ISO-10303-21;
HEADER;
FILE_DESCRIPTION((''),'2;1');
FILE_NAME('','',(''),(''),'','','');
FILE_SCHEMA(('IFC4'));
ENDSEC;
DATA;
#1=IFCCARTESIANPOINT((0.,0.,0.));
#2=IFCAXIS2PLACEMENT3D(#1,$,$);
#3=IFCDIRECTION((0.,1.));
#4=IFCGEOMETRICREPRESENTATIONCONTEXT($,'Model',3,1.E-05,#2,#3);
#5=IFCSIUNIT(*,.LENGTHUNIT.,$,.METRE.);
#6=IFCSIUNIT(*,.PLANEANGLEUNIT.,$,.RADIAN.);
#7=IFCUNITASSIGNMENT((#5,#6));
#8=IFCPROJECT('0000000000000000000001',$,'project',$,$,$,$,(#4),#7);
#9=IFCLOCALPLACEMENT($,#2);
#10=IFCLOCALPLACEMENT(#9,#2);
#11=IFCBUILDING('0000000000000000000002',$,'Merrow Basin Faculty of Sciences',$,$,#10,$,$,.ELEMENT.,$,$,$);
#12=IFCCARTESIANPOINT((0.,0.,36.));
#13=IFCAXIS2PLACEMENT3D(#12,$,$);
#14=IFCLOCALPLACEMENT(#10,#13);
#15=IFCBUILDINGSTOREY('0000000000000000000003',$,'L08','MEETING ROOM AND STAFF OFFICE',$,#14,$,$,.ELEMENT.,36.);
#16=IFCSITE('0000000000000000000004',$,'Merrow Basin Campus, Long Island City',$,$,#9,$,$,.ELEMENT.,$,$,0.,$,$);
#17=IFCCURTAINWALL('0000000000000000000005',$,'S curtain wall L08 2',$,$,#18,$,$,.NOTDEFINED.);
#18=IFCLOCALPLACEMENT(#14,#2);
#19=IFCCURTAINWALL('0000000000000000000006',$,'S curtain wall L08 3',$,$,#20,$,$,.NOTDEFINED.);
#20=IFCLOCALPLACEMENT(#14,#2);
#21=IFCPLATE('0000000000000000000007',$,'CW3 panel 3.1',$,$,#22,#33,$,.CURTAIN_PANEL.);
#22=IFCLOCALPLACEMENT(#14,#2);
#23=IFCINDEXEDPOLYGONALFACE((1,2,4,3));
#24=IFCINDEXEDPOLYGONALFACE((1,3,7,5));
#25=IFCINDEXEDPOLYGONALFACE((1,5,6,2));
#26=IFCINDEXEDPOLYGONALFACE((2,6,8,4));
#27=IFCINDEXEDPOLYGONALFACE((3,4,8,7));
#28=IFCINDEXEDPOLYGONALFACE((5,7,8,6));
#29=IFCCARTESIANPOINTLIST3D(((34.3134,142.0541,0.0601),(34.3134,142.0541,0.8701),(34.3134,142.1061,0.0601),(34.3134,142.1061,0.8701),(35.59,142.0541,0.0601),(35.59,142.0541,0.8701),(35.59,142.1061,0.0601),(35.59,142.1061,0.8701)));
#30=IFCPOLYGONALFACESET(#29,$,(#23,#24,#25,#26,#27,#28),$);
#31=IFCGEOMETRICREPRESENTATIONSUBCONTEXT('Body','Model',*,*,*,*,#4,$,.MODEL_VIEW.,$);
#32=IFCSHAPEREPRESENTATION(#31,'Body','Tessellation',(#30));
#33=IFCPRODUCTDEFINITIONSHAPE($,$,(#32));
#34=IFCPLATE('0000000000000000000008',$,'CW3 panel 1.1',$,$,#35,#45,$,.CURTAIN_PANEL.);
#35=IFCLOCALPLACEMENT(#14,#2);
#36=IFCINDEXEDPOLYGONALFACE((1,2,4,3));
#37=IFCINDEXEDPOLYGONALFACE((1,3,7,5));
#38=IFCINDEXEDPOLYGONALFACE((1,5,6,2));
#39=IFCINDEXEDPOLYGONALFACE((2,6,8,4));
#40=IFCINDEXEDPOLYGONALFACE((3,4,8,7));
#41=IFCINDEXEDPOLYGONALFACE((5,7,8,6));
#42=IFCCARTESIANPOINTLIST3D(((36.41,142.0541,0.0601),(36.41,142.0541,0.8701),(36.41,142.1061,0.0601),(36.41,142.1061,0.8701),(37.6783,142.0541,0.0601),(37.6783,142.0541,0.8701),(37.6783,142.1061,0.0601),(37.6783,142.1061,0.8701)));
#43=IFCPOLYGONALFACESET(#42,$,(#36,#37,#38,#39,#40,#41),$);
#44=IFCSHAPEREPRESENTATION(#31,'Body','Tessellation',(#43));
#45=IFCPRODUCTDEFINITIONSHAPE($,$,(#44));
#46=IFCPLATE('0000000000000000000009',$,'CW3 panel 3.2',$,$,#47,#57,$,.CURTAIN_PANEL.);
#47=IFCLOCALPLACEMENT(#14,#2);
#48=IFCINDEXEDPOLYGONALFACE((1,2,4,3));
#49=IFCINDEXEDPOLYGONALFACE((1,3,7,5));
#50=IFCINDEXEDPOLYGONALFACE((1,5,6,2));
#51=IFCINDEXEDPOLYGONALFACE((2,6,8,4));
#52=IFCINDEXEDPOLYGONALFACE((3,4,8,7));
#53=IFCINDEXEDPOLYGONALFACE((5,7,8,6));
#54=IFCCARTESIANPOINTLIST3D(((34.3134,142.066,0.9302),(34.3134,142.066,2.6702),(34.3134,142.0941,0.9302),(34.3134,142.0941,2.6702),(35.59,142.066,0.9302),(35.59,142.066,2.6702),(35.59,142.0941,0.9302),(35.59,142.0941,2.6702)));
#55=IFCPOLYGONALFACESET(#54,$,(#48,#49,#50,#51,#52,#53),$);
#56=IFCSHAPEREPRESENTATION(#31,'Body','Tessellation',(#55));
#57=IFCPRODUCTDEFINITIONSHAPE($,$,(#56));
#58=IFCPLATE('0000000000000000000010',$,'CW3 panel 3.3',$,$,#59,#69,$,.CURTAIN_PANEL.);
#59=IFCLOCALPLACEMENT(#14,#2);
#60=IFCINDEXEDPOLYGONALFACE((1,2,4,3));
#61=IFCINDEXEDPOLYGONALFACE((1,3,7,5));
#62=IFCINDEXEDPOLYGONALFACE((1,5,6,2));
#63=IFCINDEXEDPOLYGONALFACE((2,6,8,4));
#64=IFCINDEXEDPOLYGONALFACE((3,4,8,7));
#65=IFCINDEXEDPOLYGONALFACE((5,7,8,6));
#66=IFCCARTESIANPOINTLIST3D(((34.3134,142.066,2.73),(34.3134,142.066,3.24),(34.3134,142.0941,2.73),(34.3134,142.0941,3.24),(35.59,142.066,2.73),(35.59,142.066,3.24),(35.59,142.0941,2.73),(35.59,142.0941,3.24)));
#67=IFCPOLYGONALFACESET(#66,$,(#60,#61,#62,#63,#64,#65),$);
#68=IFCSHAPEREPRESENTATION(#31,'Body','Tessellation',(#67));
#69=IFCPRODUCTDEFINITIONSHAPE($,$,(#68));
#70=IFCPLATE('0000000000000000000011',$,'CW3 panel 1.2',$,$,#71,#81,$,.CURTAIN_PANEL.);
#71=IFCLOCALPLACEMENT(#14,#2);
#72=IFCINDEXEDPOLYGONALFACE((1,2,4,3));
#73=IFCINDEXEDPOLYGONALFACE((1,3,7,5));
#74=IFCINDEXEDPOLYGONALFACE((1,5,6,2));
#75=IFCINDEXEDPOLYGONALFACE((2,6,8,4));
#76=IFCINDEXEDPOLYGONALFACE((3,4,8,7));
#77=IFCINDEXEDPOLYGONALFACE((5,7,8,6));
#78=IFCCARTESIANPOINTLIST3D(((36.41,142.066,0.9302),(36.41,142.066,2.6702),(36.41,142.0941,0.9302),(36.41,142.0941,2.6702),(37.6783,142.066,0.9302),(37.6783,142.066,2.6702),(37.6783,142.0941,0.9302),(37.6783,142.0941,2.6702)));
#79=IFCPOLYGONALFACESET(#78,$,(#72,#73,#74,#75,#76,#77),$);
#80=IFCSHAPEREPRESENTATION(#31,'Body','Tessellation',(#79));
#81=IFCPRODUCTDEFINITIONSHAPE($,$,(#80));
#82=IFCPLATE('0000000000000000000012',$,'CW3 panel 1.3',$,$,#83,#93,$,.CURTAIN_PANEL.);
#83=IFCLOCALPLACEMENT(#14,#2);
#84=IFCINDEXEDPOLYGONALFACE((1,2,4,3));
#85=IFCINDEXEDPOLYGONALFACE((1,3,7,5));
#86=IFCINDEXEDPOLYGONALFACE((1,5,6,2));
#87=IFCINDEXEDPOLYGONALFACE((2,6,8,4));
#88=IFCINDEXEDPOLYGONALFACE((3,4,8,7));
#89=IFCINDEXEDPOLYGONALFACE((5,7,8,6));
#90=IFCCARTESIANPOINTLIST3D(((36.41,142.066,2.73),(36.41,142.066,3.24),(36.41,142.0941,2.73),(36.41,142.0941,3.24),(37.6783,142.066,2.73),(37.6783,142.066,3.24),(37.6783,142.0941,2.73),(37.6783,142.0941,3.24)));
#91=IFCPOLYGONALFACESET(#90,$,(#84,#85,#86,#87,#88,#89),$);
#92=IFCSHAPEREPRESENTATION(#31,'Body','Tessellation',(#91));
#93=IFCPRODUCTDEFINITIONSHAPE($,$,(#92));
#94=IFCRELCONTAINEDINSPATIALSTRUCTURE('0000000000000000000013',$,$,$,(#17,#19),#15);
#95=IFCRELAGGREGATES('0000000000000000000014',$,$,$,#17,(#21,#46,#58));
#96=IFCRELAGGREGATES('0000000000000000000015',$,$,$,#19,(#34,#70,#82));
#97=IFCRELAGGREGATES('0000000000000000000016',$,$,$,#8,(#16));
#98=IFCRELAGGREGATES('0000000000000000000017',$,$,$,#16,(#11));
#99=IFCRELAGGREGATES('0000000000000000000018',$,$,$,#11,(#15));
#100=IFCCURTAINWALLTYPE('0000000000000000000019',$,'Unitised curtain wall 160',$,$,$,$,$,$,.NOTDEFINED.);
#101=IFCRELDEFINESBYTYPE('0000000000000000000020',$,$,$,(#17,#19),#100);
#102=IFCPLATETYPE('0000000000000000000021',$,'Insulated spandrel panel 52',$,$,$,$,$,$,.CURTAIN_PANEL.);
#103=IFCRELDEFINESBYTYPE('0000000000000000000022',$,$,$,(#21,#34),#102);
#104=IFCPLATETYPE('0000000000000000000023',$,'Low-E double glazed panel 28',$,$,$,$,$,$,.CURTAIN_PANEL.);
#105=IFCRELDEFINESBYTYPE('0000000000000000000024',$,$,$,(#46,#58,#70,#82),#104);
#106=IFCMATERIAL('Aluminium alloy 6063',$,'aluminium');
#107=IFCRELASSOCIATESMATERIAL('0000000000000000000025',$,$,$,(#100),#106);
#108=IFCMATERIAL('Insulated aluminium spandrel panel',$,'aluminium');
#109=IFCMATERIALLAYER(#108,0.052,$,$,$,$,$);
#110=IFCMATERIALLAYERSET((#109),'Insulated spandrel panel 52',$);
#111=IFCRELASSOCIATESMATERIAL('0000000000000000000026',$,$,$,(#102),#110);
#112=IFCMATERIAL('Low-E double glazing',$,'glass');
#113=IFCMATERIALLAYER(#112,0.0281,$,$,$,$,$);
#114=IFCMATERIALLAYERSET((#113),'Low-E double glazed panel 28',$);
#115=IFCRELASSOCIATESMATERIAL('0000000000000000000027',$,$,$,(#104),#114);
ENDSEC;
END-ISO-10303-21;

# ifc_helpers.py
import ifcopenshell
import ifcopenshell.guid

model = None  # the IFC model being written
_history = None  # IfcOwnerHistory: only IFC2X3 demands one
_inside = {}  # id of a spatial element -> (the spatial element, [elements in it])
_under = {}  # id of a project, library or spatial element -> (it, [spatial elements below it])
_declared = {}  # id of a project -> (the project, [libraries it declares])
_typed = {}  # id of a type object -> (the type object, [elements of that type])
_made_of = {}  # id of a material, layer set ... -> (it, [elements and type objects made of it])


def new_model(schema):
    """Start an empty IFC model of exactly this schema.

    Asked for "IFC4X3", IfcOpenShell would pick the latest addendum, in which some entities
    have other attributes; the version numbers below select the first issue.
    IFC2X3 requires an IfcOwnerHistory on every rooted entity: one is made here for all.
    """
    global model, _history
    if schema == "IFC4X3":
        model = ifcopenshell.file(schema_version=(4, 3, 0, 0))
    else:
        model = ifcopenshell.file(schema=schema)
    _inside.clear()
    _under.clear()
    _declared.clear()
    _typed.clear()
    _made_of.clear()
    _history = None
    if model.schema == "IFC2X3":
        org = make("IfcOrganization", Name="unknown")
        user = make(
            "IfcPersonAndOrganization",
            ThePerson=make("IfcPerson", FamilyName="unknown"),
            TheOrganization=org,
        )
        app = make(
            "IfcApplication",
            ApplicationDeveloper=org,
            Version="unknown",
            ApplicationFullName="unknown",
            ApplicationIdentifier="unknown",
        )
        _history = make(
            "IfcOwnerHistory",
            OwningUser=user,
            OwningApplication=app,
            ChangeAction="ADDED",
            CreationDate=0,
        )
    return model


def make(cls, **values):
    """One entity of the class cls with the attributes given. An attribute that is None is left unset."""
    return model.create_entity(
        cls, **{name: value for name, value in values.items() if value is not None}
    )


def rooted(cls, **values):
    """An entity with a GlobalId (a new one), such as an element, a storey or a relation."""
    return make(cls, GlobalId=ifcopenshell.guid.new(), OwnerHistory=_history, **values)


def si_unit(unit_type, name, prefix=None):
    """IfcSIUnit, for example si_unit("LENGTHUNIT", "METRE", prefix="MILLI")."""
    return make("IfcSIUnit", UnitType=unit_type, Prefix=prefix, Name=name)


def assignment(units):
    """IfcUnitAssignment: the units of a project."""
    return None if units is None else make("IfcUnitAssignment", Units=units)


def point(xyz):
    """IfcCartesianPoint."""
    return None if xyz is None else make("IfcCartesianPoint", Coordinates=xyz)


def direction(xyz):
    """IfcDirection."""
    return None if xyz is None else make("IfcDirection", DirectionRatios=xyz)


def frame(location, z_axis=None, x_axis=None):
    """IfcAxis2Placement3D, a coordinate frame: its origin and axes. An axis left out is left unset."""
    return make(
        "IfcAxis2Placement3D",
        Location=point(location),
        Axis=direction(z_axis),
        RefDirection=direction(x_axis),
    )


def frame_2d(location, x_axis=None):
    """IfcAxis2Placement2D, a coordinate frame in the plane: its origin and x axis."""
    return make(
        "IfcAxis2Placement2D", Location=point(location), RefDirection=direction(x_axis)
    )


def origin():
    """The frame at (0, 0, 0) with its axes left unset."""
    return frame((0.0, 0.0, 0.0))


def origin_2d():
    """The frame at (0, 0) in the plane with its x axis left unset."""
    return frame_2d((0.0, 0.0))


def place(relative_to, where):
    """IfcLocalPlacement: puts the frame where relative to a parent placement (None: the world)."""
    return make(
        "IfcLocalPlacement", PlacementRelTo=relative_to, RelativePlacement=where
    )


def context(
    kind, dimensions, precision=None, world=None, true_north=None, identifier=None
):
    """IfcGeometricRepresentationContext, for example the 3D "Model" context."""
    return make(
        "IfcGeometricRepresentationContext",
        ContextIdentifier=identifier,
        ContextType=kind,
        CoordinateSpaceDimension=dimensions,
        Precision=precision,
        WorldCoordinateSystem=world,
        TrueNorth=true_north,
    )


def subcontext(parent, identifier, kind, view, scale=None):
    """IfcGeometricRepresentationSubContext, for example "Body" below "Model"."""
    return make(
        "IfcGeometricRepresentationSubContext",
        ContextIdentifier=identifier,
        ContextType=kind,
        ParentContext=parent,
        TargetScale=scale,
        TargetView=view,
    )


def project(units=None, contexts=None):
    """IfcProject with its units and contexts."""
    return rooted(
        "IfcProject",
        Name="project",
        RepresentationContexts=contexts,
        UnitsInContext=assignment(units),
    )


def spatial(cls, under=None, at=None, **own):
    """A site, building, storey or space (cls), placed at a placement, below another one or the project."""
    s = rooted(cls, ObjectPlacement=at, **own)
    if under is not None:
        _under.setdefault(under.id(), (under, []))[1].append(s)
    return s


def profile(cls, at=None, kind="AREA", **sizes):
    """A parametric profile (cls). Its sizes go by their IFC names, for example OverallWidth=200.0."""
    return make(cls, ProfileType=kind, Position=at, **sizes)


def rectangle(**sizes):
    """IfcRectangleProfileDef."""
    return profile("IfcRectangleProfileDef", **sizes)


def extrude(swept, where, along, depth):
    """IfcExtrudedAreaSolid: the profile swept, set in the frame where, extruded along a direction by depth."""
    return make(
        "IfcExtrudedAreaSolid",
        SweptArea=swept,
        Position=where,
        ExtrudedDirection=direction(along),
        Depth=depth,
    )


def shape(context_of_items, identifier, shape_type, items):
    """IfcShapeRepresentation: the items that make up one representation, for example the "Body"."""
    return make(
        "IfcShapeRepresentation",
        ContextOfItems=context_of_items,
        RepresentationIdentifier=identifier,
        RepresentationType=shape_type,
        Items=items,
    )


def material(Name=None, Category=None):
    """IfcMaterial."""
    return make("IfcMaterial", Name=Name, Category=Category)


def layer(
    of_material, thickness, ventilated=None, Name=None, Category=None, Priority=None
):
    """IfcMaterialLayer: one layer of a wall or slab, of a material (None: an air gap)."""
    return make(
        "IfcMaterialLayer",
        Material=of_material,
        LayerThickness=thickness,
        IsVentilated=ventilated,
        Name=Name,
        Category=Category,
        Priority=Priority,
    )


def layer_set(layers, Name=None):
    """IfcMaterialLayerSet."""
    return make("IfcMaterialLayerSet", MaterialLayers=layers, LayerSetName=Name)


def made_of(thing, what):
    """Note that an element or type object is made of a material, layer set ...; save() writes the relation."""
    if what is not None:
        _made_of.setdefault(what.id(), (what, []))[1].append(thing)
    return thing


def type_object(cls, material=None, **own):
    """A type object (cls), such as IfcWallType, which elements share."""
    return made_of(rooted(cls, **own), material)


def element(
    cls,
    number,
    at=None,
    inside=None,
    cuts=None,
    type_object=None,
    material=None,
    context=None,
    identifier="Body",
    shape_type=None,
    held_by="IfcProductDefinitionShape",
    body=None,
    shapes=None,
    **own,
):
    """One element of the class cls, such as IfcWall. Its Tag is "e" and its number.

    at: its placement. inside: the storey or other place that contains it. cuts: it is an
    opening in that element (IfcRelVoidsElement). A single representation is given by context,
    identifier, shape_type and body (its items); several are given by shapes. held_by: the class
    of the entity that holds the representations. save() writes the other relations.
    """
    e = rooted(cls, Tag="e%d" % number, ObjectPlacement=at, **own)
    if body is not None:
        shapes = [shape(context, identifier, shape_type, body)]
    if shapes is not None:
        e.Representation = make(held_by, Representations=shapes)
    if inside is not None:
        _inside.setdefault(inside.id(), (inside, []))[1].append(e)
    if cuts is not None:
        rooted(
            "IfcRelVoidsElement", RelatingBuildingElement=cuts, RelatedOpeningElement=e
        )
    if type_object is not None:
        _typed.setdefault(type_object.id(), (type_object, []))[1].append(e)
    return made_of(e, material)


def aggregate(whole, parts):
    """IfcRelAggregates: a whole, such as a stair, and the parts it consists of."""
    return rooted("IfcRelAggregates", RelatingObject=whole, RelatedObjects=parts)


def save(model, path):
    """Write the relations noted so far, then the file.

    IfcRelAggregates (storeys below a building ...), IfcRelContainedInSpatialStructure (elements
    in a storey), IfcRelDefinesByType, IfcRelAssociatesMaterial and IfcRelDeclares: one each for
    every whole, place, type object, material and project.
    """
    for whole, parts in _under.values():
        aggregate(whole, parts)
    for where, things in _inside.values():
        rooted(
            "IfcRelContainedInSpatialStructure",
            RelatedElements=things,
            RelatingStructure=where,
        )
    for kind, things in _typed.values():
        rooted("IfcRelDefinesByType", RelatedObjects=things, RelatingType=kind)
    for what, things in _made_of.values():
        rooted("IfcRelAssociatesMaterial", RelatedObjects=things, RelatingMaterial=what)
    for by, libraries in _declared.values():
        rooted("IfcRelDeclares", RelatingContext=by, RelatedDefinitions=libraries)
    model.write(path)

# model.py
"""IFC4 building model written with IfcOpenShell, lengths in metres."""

from ifc_helpers import new_model, si_unit, direction, frame, origin, origin_2d, place, context, subcontext, project, spatial, rectangle, extrude, material, layer, layer_set, type_object, element, aggregate, save


model = new_model("IFC4")

# Units and contexts
model_context = context("Model", 3, precision=1e-05, world=origin(), true_north=direction((0.0, 1.0)))
body_context = subcontext(model_context, "Body", "Model", "MODEL_VIEW")
ifc_project = project(units=[si_unit("LENGTHUNIT", "METRE"), si_unit("PLANEANGLEUNIT", "RADIAN")], contexts=[model_context])

# Site, building, storey
site_placement = place(None, origin())
site = spatial("IfcSite", under=ifc_project, at=site_placement, Name="Merrow Basin Campus, Long Island City", CompositionType="ELEMENT", RefElevation=0.0)
building_placement = place(site_placement, origin())
building = spatial("IfcBuilding", under=site, at=building_placement, Name="Merrow Basin Faculty of Sciences", CompositionType="ELEMENT")
storey_placement = place(building_placement, frame((0.0, 0.0, 36.0)))
storey = spatial("IfcBuildingStorey", under=building, at=storey_placement, Name="L08", Description="MEETING ROOM AND STAFF OFFICE", CompositionType="ELEMENT", Elevation=36.0)

# Curtain wall
ifc_material_1 = material(Name="Aluminium alloy 6063", Category="aluminium")
curtain_wall_type = type_object("IfcCurtainWallType", Name="Unitised curtain wall 160", PredefinedType="NOTDEFINED", material=ifc_material_1)
curtain_wall_1_placement = place(storey_placement, origin())
curtain_wall_1 = element("IfcCurtainWall", 1, at=curtain_wall_1_placement, inside=storey, type_object=curtain_wall_type, Name="S curtain wall L08 2", PredefinedType="NOTDEFINED")

# Curtain wall
curtain_wall_2_placement = place(storey_placement, origin())
curtain_wall_2 = element("IfcCurtainWall", 2, at=curtain_wall_2_placement, inside=storey, type_object=curtain_wall_type, Name="S curtain wall L08 3", PredefinedType="NOTDEFINED")

# Plates
ifc_material_2 = material(Name="Insulated aluminium spandrel panel", Category="aluminium")
ifc_layer_1 = layer(ifc_material_2, 0.052)
ifc_layer_set_1 = layer_set([ifc_layer_1], Name="Insulated spandrel panel 52")
plate_type_1 = type_object("IfcPlateType", Name="Insulated spandrel panel 52", PredefinedType="CURTAIN_PANEL", material=ifc_layer_set_1)
plate_1_placement = place(storey_placement, frame((34.9517, 142.0801, 0.0601), z_axis=(0.0, 0.0, 1.0), x_axis=(1.0, 0.0, 0.0)))
plate_1 = element("IfcPlate", 3, at=plate_1_placement, type_object=plate_type_1, Name="CW3 panel 3.1", PredefinedType="CURTAIN_PANEL", context=body_context, shape_type="SweptSolid", body=[
    extrude(rectangle(XDim=1.2766, YDim=0.052, at=origin_2d()), origin(), (0.0, 0.0, 1.0), 0.8101),
])
plate_2_placement = place(storey_placement, frame((37.0442, 142.0801, 0.0601), z_axis=(0.0, 0.0, 1.0), x_axis=(1.0, 0.0, 0.0)))
plate_2 = element("IfcPlate", 4, at=plate_2_placement, type_object=plate_type_1, Name="CW3 panel 1.1", PredefinedType="CURTAIN_PANEL", context=body_context, shape_type="SweptSolid", body=[
    extrude(rectangle(XDim=1.2683, YDim=0.052, at=origin_2d()), origin(), (0.0, 0.0, 1.0), 0.8101),
])
ifc_material_3 = material(Name="Low-E double glazing", Category="glass")
ifc_layer_2 = layer(ifc_material_3, 0.0281)
ifc_layer_set_2 = layer_set([ifc_layer_2], Name="Low-E double glazed panel 28")
plate_type_2 = type_object("IfcPlateType", Name="Low-E double glazed panel 28", PredefinedType="CURTAIN_PANEL", material=ifc_layer_set_2)
plate_3_placement = place(storey_placement, frame((34.9517, 142.0801, 0.9302), z_axis=(0.0, 0.0, 1.0), x_axis=(1.0, 0.0, 0.0)))
plate_3 = element("IfcPlate", 5, at=plate_3_placement, type_object=plate_type_2, Name="CW3 panel 3.2", PredefinedType="CURTAIN_PANEL", context=body_context, shape_type="SweptSolid", body=[
    extrude(rectangle(XDim=1.2766, YDim=0.0281, at=origin_2d()), origin(), (0.0, 0.0, 1.0), 1.74),
])
plate_4_placement = place(storey_placement, frame((34.9517, 142.0801, 2.73), z_axis=(0.0, 0.0, 1.0), x_axis=(1.0, 0.0, 0.0)))
plate_4 = element("IfcPlate", 6, at=plate_4_placement, type_object=plate_type_2, Name="CW3 panel 3.3", PredefinedType="CURTAIN_PANEL", context=body_context, shape_type="SweptSolid", body=[
    extrude(rectangle(XDim=1.2766, YDim=0.0281, at=origin_2d()), origin(), (0.0, 0.0, 1.0), 0.51),
])
aggregate(curtain_wall_1, [plate_1, plate_3, plate_4])
plate_5_placement = place(storey_placement, frame((37.0442, 142.0801, 0.9302), z_axis=(0.0, 0.0, 1.0), x_axis=(1.0, 0.0, 0.0)))
plate_5 = element("IfcPlate", 7, at=plate_5_placement, type_object=plate_type_2, Name="CW3 panel 1.2", PredefinedType="CURTAIN_PANEL", context=body_context, shape_type="SweptSolid", body=[
    extrude(rectangle(XDim=1.2683, YDim=0.0281, at=origin_2d()), origin(), (0.0, 0.0, 1.0), 1.74),
])
plate_6_placement = place(storey_placement, frame((37.0442, 142.0801, 2.73), z_axis=(0.0, 0.0, 1.0), x_axis=(1.0, 0.0, 0.0)))
plate_6 = element("IfcPlate", 8, at=plate_6_placement, type_object=plate_type_2, Name="CW3 panel 1.3", PredefinedType="CURTAIN_PANEL", context=body_context, shape_type="SweptSolid", body=[
    extrude(rectangle(XDim=1.2683, YDim=0.0281, at=origin_2d()), origin(), (0.0, 0.0, 1.0), 0.51),
])
aggregate(curtain_wall_2, [plate_2, plate_5, plate_6])

save(model, "model.ifc")
